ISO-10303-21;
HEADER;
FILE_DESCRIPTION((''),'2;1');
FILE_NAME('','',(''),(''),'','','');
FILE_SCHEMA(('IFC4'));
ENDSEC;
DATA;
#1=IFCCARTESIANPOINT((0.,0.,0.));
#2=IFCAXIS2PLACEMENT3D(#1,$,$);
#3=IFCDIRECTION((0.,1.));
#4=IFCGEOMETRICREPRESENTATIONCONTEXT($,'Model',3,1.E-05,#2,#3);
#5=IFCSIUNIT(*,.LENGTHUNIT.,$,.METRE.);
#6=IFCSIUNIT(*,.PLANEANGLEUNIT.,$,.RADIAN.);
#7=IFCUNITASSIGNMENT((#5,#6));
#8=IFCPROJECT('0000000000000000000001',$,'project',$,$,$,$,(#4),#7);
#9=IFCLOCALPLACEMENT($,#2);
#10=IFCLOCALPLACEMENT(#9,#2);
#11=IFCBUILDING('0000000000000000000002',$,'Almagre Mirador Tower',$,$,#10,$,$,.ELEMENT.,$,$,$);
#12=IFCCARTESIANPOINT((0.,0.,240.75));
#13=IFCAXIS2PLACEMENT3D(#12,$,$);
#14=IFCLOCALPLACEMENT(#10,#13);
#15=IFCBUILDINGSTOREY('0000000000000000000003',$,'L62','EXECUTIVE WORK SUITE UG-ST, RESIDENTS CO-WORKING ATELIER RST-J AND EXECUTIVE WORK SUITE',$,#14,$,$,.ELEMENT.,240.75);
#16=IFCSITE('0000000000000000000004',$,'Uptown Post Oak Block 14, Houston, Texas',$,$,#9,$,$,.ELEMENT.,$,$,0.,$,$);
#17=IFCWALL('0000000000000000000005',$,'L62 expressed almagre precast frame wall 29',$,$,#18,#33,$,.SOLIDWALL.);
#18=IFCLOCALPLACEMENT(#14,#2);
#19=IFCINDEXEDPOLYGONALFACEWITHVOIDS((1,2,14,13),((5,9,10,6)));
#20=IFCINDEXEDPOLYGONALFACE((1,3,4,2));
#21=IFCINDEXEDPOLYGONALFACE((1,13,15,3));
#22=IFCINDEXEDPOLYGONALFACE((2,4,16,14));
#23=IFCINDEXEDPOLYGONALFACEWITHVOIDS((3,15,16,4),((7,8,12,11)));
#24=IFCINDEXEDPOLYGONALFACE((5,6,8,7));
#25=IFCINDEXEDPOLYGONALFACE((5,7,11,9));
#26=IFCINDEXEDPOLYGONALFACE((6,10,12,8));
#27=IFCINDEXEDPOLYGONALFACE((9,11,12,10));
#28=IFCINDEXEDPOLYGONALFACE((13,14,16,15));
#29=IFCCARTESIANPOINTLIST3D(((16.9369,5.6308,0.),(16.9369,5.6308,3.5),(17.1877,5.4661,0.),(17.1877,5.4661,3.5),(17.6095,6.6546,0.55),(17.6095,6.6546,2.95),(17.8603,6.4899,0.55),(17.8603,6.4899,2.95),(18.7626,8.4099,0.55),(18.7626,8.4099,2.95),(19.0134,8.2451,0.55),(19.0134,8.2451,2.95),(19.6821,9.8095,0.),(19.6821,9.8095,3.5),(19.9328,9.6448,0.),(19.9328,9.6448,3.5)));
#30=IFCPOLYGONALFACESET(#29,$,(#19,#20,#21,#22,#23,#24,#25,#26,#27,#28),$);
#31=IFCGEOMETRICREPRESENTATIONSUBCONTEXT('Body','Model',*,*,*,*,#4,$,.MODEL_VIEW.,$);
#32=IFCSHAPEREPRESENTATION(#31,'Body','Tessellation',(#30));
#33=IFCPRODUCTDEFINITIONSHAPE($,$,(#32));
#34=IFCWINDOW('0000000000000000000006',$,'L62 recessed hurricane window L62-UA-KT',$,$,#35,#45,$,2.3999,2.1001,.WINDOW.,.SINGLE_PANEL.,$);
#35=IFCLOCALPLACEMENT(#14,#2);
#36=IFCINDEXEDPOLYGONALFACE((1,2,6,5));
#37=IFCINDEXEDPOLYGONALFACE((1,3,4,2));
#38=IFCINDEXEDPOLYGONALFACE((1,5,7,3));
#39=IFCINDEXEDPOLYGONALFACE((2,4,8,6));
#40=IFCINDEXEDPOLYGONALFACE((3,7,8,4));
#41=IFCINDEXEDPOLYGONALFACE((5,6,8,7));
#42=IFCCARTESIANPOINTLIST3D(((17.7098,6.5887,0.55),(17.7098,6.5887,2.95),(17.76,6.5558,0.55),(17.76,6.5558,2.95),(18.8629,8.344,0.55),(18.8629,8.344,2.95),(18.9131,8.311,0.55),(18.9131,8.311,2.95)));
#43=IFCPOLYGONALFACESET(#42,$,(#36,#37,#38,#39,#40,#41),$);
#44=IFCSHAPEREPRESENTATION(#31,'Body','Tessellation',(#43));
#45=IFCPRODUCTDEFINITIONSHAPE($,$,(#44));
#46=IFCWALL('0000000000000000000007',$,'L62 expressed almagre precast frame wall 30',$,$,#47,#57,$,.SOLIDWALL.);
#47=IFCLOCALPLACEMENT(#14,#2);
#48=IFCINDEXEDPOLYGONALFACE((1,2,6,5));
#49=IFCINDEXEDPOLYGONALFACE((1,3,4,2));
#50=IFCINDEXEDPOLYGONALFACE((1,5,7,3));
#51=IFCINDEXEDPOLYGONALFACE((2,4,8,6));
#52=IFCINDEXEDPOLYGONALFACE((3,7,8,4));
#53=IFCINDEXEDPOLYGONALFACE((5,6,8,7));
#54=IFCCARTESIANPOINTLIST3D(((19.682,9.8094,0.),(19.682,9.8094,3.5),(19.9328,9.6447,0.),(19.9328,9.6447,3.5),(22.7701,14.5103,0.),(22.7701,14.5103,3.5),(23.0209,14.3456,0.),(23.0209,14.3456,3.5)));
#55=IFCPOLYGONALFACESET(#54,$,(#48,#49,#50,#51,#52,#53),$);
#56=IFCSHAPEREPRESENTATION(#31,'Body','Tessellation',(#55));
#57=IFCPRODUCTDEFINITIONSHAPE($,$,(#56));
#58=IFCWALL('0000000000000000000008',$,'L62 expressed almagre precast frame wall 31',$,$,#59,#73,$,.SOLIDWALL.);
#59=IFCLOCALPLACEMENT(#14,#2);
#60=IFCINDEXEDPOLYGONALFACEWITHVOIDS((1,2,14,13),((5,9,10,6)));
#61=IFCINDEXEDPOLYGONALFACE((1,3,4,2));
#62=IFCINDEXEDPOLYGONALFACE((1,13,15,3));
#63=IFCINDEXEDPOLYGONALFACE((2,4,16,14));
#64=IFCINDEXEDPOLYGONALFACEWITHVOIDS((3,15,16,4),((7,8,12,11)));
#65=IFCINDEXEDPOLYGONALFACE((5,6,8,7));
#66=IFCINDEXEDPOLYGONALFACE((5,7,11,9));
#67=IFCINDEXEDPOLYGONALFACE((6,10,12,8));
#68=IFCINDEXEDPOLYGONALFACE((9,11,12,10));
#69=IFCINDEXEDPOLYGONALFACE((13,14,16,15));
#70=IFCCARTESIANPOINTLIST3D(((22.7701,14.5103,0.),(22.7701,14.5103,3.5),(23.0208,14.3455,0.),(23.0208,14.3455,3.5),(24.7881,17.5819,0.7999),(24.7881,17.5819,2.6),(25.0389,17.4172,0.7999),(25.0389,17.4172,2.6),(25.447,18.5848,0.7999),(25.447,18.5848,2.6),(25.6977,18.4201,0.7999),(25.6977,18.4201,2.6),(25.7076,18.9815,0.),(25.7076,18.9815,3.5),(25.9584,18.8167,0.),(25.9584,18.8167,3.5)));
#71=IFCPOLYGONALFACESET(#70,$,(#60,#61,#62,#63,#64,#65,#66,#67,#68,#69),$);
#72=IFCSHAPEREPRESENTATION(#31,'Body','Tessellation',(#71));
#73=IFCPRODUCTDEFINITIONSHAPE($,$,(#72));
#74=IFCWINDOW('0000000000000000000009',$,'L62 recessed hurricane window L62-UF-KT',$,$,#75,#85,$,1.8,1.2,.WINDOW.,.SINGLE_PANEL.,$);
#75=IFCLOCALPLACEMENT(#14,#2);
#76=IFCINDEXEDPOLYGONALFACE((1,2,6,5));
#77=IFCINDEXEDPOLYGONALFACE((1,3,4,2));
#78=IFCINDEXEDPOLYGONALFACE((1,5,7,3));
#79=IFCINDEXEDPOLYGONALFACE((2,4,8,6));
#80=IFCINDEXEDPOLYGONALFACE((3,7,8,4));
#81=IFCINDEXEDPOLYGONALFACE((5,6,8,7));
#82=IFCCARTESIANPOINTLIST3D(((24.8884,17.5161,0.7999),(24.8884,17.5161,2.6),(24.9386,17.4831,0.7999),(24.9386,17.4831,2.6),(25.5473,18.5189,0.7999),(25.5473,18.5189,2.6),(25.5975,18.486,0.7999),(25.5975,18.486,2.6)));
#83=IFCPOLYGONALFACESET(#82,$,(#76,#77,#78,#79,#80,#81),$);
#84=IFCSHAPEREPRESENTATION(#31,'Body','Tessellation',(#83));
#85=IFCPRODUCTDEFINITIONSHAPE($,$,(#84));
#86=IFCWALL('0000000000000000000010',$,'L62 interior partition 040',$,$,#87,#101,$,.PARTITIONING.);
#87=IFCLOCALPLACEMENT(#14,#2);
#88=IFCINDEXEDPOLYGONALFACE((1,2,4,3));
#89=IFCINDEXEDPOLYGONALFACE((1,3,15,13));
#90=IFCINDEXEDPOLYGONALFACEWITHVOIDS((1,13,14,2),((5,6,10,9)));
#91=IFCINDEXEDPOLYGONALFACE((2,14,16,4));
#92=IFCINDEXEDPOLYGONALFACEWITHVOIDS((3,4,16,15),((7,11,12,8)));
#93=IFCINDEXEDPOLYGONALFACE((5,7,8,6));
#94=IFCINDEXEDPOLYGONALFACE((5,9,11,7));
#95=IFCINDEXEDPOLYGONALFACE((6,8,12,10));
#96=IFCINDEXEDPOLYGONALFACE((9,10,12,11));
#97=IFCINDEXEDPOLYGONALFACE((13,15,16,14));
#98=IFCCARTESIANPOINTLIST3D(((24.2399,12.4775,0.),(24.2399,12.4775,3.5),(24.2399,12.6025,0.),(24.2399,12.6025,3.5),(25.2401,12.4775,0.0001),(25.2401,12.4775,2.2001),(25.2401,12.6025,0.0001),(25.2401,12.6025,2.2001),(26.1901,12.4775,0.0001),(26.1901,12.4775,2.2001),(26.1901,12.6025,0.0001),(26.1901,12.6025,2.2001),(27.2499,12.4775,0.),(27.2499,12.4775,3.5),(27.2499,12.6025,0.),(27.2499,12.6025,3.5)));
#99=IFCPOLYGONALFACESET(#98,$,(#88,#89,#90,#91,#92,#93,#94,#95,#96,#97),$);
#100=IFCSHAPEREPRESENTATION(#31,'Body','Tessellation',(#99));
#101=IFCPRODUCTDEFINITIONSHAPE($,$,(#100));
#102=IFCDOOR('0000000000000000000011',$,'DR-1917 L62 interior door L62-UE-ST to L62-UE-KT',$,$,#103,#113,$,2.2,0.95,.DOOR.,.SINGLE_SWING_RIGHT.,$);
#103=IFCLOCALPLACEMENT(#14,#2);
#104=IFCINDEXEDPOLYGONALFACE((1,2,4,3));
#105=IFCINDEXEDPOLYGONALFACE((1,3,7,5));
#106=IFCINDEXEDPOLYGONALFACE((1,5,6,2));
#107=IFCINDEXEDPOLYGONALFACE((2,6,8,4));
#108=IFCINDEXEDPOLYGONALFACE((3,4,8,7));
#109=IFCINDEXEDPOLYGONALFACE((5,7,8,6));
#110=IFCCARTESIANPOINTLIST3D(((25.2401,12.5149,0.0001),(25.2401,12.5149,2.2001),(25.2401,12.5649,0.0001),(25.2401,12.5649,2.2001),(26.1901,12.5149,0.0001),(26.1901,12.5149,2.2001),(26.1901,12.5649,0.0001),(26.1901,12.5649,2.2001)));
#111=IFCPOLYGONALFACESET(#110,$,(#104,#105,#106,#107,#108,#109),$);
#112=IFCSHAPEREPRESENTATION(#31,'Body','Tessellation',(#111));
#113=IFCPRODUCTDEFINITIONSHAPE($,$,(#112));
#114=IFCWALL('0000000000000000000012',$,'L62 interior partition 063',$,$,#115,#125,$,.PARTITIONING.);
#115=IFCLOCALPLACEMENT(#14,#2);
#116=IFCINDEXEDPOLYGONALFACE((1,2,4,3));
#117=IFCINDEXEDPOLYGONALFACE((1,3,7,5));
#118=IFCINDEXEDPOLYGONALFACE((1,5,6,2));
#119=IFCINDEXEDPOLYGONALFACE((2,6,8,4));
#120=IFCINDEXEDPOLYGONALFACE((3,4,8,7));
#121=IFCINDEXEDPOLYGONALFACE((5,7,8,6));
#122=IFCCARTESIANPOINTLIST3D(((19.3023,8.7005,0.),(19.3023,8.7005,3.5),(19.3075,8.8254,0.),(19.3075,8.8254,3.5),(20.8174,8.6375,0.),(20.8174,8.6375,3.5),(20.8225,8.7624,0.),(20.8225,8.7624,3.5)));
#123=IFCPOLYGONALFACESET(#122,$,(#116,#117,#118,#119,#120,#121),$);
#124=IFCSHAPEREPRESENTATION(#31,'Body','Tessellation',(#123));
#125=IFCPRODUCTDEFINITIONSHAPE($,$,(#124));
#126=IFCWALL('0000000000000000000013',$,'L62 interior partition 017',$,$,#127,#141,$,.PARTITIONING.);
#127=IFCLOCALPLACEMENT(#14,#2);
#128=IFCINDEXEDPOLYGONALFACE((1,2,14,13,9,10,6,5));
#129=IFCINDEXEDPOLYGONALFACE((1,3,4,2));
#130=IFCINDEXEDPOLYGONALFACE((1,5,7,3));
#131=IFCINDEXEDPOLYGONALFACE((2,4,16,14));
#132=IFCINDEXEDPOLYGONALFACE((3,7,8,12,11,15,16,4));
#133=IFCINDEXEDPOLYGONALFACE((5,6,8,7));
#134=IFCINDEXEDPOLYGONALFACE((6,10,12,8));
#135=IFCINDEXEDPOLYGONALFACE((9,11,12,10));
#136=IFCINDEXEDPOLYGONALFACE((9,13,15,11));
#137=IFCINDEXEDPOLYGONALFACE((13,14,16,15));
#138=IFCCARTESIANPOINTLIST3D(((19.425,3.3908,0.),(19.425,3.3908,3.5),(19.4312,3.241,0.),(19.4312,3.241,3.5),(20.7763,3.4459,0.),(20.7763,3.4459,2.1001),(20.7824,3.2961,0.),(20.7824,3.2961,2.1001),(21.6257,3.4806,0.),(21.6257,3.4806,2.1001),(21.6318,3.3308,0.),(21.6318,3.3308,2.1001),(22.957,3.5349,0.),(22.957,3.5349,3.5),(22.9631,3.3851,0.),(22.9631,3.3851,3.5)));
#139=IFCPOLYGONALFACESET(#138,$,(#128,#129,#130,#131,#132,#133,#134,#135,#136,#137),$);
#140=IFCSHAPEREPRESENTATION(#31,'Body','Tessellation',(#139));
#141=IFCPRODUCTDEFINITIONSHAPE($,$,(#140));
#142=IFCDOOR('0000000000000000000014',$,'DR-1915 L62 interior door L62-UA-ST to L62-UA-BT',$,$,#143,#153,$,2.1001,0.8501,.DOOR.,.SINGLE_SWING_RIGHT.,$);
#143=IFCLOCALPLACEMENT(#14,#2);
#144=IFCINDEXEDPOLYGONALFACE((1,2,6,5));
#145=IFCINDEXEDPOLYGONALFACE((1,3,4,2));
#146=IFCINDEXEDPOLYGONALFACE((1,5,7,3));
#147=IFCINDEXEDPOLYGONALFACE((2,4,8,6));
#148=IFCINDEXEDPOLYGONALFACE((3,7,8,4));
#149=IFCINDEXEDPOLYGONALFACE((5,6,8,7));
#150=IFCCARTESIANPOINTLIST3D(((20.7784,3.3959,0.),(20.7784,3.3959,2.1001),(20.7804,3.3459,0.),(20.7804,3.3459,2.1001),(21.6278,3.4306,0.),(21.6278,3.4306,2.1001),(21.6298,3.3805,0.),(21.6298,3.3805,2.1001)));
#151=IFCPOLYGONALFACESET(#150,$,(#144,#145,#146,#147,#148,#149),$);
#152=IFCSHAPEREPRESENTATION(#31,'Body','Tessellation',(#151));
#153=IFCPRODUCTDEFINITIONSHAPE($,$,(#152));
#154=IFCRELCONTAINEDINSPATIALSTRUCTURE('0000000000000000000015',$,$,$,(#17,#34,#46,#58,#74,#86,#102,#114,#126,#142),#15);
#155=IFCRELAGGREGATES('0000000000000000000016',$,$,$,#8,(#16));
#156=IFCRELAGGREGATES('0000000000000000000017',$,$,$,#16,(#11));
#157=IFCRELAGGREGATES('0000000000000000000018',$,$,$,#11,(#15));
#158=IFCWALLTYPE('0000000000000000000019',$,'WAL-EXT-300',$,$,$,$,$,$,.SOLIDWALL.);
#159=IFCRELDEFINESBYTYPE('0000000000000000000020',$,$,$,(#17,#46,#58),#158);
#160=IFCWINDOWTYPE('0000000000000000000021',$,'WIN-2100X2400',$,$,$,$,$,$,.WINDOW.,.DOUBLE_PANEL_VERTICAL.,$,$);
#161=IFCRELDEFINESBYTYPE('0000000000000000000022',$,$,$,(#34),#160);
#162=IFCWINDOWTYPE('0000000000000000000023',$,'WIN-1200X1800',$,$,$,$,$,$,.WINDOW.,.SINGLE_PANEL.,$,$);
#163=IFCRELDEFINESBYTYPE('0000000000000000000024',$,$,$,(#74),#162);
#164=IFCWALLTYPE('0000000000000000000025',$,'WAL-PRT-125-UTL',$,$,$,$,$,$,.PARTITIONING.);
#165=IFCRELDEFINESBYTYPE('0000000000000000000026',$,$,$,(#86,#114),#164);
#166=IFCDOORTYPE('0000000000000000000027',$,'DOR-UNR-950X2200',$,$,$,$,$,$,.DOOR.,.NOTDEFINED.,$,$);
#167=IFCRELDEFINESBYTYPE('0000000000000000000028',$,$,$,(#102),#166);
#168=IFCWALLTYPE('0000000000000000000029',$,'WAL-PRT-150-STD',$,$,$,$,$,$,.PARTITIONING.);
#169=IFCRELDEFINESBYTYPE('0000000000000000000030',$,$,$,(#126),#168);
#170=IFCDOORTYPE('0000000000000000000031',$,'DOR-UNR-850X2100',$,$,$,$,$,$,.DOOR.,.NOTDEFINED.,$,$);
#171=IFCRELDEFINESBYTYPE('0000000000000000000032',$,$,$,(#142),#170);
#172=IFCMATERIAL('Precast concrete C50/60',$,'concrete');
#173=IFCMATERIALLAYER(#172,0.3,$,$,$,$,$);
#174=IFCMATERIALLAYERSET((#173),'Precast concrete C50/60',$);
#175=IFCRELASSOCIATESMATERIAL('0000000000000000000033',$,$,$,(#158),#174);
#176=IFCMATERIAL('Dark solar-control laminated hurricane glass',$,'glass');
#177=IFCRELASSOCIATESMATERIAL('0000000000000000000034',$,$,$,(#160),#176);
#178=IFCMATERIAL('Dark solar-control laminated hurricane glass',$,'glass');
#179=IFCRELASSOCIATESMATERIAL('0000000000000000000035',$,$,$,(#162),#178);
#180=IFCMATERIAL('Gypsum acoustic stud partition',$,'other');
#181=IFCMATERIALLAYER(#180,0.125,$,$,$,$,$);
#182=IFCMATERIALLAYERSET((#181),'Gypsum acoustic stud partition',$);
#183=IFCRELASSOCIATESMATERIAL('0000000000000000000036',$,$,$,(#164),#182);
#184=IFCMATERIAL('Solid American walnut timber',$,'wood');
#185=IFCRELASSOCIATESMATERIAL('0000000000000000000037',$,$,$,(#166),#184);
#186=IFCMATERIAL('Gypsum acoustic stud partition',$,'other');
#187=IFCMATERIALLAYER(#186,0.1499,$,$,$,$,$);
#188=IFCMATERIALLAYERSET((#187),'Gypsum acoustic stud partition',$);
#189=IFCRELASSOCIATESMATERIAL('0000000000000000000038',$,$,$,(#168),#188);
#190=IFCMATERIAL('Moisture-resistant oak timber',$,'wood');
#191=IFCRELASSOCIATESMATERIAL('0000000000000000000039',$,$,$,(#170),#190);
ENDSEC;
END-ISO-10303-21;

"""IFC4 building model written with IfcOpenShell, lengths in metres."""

from ifc_helpers import new_model, si_unit, direction, frame, frame_2d, origin, place, context, subcontext, project, spatial, rectangle, extrude, material, layer, layer_set, type_object, element, fill, save


model = new_model("IFC4")

# Units and contexts
model_context = context("Model", 3, precision=1e-05, world=origin(), true_north=direction((0.0, 1.0)))
body_context = subcontext(model_context, "Body", "Model", "MODEL_VIEW")
ifc_project = project(units=[si_unit("LENGTHUNIT", "METRE"), si_unit("PLANEANGLEUNIT", "RADIAN")], contexts=[model_context])

# Site, building, storey
site_placement = place(None, origin())
site = spatial("IfcSite", under=ifc_project, at=site_placement, Name="Uptown Post Oak Block 14, Houston, Texas", CompositionType="ELEMENT", RefElevation=0.0)
building_placement = place(site_placement, origin())
building = spatial("IfcBuilding", under=site, at=building_placement, Name="Almagre Mirador Tower", CompositionType="ELEMENT")
storey_placement = place(building_placement, frame((0.0, 0.0, 240.75)))
storey = spatial("IfcBuildingStorey", under=building, at=storey_placement, Name="L62", Description="EXECUTIVE WORK SUITE UG-ST, RESIDENTS CO-WORKING ATELIER RST-J AND EXECUTIVE WORK SUITE", CompositionType="ELEMENT", Elevation=240.75)

# Shared definitions
ifc_material_1 = material(Name="Precast concrete C50/60", Category="concrete")
ifc_layer_1 = layer(ifc_material_1, 0.3)
ifc_layer_set_1 = layer_set([ifc_layer_1], Name="Precast concrete C50/60")
wall_type_1 = type_object("IfcWallType", Name="WAL-EXT-300", PredefinedType="SOLIDWALL", material=ifc_layer_set_1)

# Wall, opening, window
wall_1_placement = place(storey_placement, frame((17.0623, 5.5483, 0.0), z_axis=(0.0, 0.0, 1.0), x_axis=(0.549053, 0.835787, 0.0)))
wall_1 = element("IfcWall", 1, at=wall_1_placement, inside=storey, type_object=wall_type_1, Name="L62 expressed almagre precast frame wall 29", PredefinedType="SOLIDWALL", context=body_context, shape_type="SweptSolid", body=[
    extrude(rectangle(XDim=4.9998, YDim=0.3, at=frame_2d((2.5, 0.0))), origin(), (0.0, 0.0, 1.0), 3.5),
])
opening_1_placement = place(wall_1_placement, frame((1.2251, 0.0, 0.55)))
opening_1 = element("IfcOpeningElement", 2, at=opening_1_placement, cuts=wall_1, PredefinedType="OPENING", context=body_context, shape_type="SweptSolid", body=[
    extrude(rectangle(XDim=2.1001, YDim=2.3999, at=frame_2d((1.05, 1.2))), frame((0.0, 0.1599, 0.0), z_axis=(0.0, -1.0, 0.0), x_axis=(1.0, 0.0, 0.0)), (0.0, 0.0, 1.0), 0.32),
])
ifc_material_2 = material(Name="Dark solar-control laminated hurricane glass", Category="glass")
window_type_1 = type_object("IfcWindowType", Name="WIN-2100X2400", PartitioningType="DOUBLE_PANEL_VERTICAL", PredefinedType="WINDOW", material=ifc_material_2)
window_1_placement = place(opening_1_placement, origin())
window_1 = element("IfcWindow", 3, at=window_1_placement, inside=storey, type_object=window_type_1, Name="L62 recessed hurricane window L62-UA-KT", OverallHeight=2.3999, OverallWidth=2.1001, PartitioningType="SINGLE_PANEL", PredefinedType="WINDOW", context=body_context, shape_type="SweptSolid", body=[
    extrude(rectangle(XDim=2.1001, YDim=2.3999, at=frame_2d((1.05, 1.2))), frame((0.0, 0.03, 0.0), z_axis=(0.0, -1.0, 0.0), x_axis=(1.0, 0.0, 0.0)), (0.0, 0.0, 1.0), 0.0601),
])
fill(opening_1, window_1)

# Wall
wall_2_placement = place(storey_placement, frame((19.8074, 9.7271, 0.0), z_axis=(0.0, 0.0, 1.0), x_axis=(0.549048, 0.835791, 0.0)))
element("IfcWall", 4, at=wall_2_placement, inside=storey, type_object=wall_type_1, Name="L62 expressed almagre precast frame wall 30", PredefinedType="SOLIDWALL", context=body_context, shape_type="SweptSolid", body=[
    extrude(rectangle(XDim=5.6245, YDim=0.3, at=frame_2d((2.8123, 0.0))), origin(), (0.0, 0.0, 1.0), 3.5),
])

# Wall, opening, window
wall_3_placement = place(storey_placement, frame((22.8955, 14.428, 0.0), z_axis=(0.0, 0.0, 1.0), x_axis=(0.549085, 0.835767, 0.0)))
wall_3 = element("IfcWall", 5, at=wall_3_placement, inside=storey, type_object=wall_type_1, Name="L62 expressed almagre precast frame wall 31", PredefinedType="SOLIDWALL", context=body_context, shape_type="SweptSolid", body=[
    extrude(rectangle(XDim=5.3499, YDim=0.3, at=frame_2d((2.6748, 0.0))), origin(), (0.0, 0.0, 1.0), 3.5),
])
opening_2_placement = place(wall_3_placement, frame((3.675, 0.0, 0.8)))
opening_2 = element("IfcOpeningElement", 6, at=opening_2_placement, cuts=wall_3, PredefinedType="OPENING", context=body_context, shape_type="SweptSolid", body=[
    extrude(rectangle(XDim=1.2, YDim=1.8, at=frame_2d((0.6001, 0.8999))), frame((0.0, 0.1599, 0.0), z_axis=(0.0, -1.0, 0.0), x_axis=(1.0, 0.0, 0.0)), (0.0, 0.0, 1.0), 0.32),
])
ifc_material_3 = material(Name="Dark solar-control laminated hurricane glass", Category="glass")
window_type_2 = type_object("IfcWindowType", Name="WIN-1200X1800", PartitioningType="SINGLE_PANEL", PredefinedType="WINDOW", material=ifc_material_3)
window_2_placement = place(opening_2_placement, origin())
window_2 = element("IfcWindow", 7, at=window_2_placement, inside=storey, type_object=window_type_2, Name="L62 recessed hurricane window L62-UF-KT", OverallHeight=1.8, OverallWidth=1.2, PartitioningType="SINGLE_PANEL", PredefinedType="WINDOW", context=body_context, shape_type="SweptSolid", body=[
    extrude(rectangle(XDim=1.2, YDim=1.8, at=frame_2d((0.6001, 0.8999))), frame((0.0, 0.03, 0.0), z_axis=(0.0, -1.0, 0.0), x_axis=(1.0, 0.0, 0.0)), (0.0, 0.0, 1.0), 0.0601),
])
fill(opening_2, window_2)

# Wall, opening, door
ifc_material_4 = material(Name="Gypsum acoustic stud partition", Category="other")
ifc_layer_2 = layer(ifc_material_4, 0.125)
ifc_layer_set_2 = layer_set([ifc_layer_2], Name="Gypsum acoustic stud partition")
wall_type_2 = type_object("IfcWallType", Name="WAL-PRT-125-UTL", PredefinedType="PARTITIONING", material=ifc_layer_set_2)
wall_4_placement = place(storey_placement, frame((24.24, 12.54, 0.0), z_axis=(0.0, 0.0, 1.0), x_axis=(1.0, 0.0, 0.0)))
wall_4 = element("IfcWall", 8, at=wall_4_placement, inside=storey, type_object=wall_type_2, Name="L62 interior partition 040", PredefinedType="PARTITIONING", context=body_context, shape_type="SweptSolid", body=[
    extrude(rectangle(XDim=3.01, YDim=0.125, at=frame_2d((1.5049, 0.0))), origin(), (0.0, 0.0, 1.0), 3.5),
])
opening_3_placement = place(wall_4_placement, frame((1.0, 0.0, 0.0)))
opening_3 = element("IfcOpeningElement", 9, at=opening_3_placement, cuts=wall_4, PredefinedType="OPENING", context=body_context, shape_type="SweptSolid", body=[
    extrude(rectangle(XDim=0.95, YDim=2.2, at=frame_2d((0.4751, 1.1001))), frame((0.0, 0.0725, 0.0), z_axis=(0.0, -1.0, 0.0), x_axis=(1.0, 0.0, 0.0)), (0.0, 0.0, 1.0), 0.145),
])
ifc_material_5 = material(Name="Solid American walnut timber", Category="wood")
door_type_1 = type_object("IfcDoorType", Name="DOR-UNR-950X2200", OperationType="NOTDEFINED", PredefinedType="DOOR", material=ifc_material_5)
door_1_placement = place(opening_3_placement, origin())
door_1 = element("IfcDoor", 10, at=door_1_placement, inside=storey, type_object=door_type_1, Name="DR-1917 L62 interior door L62-UE-ST to L62-UE-KT", OperationType="SINGLE_SWING_RIGHT", OverallHeight=2.2, OverallWidth=0.95, PredefinedType="DOOR", context=body_context, shape_type="SweptSolid", body=[
    extrude(rectangle(XDim=0.95, YDim=2.2, at=frame_2d((0.4751, 1.1001))), frame((0.0, 0.0249, 0.0), z_axis=(0.0, -1.0, 0.0), x_axis=(1.0, 0.0, 0.0)), (0.0, 0.0, 1.0), 0.05),
])
fill(opening_3, door_1)

# Wall
wall_5_placement = place(storey_placement, frame((20.8201, 8.7, 0.0), z_axis=(0.0, 0.0, 1.0), x_axis=(-0.999137, 0.041537, 0.0)))
element("IfcWall", 11, at=wall_5_placement, inside=storey, type_object=wall_type_2, Name="L62 interior partition 063", PredefinedType="PARTITIONING", context=body_context, shape_type="SweptSolid", body=[
    extrude(rectangle(XDim=1.5164, YDim=0.125, at=frame_2d((0.7583, 0.0))), origin(), (0.0, 0.0, 1.0), 3.5),
])

# Wall, opening, door
ifc_material_6 = material(Name="Gypsum acoustic stud partition", Category="other")
ifc_layer_3 = layer(ifc_material_6, 0.1499)
ifc_layer_set_3 = layer_set([ifc_layer_3], Name="Gypsum acoustic stud partition")
wall_type_3 = type_object("IfcWallType", Name="WAL-PRT-150-STD", PredefinedType="PARTITIONING", material=ifc_layer_set_3)
wall_6_placement = place(storey_placement, frame((19.428, 3.3159, 0.0), z_axis=(0.0, 0.0, 1.0), x_axis=(0.999169, 0.040749, 0.0)))
wall_6 = element("IfcWall", 12, at=wall_6_placement, inside=storey, type_object=wall_type_3, Name="L62 interior partition 017", PredefinedType="PARTITIONING", context=body_context, shape_type="SweptSolid", body=[
    extrude(rectangle(XDim=3.5349, YDim=0.1499, at=frame_2d((1.7676, 0.0))), origin(), (0.0, 0.0, 1.0), 3.5),
])
opening_4_placement = place(wall_6_placement, frame((1.3525, 0.0, 0.0)))
opening_4 = element("IfcOpeningElement", 13, at=opening_4_placement, cuts=wall_6, PredefinedType="OPENING", context=body_context, shape_type="SweptSolid", body=[
    extrude(rectangle(XDim=0.8501, YDim=2.1001, at=frame_2d((0.425, 1.05))), frame((0.0, 0.085, 0.0), z_axis=(0.0, -1.0, 0.0), x_axis=(1.0, 0.0, 0.0)), (0.0, 0.0, 1.0), 0.1699),
])
ifc_material_7 = material(Name="Moisture-resistant oak timber", Category="wood")
door_type_2 = type_object("IfcDoorType", Name="DOR-UNR-850X2100", OperationType="NOTDEFINED", PredefinedType="DOOR", material=ifc_material_7)
door_2_placement = place(opening_4_placement, origin())
door_2 = element("IfcDoor", 14, at=door_2_placement, inside=storey, type_object=door_type_2, Name="DR-1915 L62 interior door L62-UA-ST to L62-UA-BT", OperationType="SINGLE_SWING_RIGHT", OverallHeight=2.1001, OverallWidth=0.8501, PredefinedType="DOOR", context=body_context, shape_type="SweptSolid", body=[
    extrude(rectangle(XDim=0.8501, YDim=2.1001, at=frame_2d((0.425, 1.05))), frame((0.0, 0.0249, 0.0), z_axis=(0.0, -1.0, 0.0), x_axis=(1.0, 0.0, 0.0)), (0.0, 0.0, 1.0), 0.05),
])
fill(opening_4, door_2)

save(model, "model.ifc")
